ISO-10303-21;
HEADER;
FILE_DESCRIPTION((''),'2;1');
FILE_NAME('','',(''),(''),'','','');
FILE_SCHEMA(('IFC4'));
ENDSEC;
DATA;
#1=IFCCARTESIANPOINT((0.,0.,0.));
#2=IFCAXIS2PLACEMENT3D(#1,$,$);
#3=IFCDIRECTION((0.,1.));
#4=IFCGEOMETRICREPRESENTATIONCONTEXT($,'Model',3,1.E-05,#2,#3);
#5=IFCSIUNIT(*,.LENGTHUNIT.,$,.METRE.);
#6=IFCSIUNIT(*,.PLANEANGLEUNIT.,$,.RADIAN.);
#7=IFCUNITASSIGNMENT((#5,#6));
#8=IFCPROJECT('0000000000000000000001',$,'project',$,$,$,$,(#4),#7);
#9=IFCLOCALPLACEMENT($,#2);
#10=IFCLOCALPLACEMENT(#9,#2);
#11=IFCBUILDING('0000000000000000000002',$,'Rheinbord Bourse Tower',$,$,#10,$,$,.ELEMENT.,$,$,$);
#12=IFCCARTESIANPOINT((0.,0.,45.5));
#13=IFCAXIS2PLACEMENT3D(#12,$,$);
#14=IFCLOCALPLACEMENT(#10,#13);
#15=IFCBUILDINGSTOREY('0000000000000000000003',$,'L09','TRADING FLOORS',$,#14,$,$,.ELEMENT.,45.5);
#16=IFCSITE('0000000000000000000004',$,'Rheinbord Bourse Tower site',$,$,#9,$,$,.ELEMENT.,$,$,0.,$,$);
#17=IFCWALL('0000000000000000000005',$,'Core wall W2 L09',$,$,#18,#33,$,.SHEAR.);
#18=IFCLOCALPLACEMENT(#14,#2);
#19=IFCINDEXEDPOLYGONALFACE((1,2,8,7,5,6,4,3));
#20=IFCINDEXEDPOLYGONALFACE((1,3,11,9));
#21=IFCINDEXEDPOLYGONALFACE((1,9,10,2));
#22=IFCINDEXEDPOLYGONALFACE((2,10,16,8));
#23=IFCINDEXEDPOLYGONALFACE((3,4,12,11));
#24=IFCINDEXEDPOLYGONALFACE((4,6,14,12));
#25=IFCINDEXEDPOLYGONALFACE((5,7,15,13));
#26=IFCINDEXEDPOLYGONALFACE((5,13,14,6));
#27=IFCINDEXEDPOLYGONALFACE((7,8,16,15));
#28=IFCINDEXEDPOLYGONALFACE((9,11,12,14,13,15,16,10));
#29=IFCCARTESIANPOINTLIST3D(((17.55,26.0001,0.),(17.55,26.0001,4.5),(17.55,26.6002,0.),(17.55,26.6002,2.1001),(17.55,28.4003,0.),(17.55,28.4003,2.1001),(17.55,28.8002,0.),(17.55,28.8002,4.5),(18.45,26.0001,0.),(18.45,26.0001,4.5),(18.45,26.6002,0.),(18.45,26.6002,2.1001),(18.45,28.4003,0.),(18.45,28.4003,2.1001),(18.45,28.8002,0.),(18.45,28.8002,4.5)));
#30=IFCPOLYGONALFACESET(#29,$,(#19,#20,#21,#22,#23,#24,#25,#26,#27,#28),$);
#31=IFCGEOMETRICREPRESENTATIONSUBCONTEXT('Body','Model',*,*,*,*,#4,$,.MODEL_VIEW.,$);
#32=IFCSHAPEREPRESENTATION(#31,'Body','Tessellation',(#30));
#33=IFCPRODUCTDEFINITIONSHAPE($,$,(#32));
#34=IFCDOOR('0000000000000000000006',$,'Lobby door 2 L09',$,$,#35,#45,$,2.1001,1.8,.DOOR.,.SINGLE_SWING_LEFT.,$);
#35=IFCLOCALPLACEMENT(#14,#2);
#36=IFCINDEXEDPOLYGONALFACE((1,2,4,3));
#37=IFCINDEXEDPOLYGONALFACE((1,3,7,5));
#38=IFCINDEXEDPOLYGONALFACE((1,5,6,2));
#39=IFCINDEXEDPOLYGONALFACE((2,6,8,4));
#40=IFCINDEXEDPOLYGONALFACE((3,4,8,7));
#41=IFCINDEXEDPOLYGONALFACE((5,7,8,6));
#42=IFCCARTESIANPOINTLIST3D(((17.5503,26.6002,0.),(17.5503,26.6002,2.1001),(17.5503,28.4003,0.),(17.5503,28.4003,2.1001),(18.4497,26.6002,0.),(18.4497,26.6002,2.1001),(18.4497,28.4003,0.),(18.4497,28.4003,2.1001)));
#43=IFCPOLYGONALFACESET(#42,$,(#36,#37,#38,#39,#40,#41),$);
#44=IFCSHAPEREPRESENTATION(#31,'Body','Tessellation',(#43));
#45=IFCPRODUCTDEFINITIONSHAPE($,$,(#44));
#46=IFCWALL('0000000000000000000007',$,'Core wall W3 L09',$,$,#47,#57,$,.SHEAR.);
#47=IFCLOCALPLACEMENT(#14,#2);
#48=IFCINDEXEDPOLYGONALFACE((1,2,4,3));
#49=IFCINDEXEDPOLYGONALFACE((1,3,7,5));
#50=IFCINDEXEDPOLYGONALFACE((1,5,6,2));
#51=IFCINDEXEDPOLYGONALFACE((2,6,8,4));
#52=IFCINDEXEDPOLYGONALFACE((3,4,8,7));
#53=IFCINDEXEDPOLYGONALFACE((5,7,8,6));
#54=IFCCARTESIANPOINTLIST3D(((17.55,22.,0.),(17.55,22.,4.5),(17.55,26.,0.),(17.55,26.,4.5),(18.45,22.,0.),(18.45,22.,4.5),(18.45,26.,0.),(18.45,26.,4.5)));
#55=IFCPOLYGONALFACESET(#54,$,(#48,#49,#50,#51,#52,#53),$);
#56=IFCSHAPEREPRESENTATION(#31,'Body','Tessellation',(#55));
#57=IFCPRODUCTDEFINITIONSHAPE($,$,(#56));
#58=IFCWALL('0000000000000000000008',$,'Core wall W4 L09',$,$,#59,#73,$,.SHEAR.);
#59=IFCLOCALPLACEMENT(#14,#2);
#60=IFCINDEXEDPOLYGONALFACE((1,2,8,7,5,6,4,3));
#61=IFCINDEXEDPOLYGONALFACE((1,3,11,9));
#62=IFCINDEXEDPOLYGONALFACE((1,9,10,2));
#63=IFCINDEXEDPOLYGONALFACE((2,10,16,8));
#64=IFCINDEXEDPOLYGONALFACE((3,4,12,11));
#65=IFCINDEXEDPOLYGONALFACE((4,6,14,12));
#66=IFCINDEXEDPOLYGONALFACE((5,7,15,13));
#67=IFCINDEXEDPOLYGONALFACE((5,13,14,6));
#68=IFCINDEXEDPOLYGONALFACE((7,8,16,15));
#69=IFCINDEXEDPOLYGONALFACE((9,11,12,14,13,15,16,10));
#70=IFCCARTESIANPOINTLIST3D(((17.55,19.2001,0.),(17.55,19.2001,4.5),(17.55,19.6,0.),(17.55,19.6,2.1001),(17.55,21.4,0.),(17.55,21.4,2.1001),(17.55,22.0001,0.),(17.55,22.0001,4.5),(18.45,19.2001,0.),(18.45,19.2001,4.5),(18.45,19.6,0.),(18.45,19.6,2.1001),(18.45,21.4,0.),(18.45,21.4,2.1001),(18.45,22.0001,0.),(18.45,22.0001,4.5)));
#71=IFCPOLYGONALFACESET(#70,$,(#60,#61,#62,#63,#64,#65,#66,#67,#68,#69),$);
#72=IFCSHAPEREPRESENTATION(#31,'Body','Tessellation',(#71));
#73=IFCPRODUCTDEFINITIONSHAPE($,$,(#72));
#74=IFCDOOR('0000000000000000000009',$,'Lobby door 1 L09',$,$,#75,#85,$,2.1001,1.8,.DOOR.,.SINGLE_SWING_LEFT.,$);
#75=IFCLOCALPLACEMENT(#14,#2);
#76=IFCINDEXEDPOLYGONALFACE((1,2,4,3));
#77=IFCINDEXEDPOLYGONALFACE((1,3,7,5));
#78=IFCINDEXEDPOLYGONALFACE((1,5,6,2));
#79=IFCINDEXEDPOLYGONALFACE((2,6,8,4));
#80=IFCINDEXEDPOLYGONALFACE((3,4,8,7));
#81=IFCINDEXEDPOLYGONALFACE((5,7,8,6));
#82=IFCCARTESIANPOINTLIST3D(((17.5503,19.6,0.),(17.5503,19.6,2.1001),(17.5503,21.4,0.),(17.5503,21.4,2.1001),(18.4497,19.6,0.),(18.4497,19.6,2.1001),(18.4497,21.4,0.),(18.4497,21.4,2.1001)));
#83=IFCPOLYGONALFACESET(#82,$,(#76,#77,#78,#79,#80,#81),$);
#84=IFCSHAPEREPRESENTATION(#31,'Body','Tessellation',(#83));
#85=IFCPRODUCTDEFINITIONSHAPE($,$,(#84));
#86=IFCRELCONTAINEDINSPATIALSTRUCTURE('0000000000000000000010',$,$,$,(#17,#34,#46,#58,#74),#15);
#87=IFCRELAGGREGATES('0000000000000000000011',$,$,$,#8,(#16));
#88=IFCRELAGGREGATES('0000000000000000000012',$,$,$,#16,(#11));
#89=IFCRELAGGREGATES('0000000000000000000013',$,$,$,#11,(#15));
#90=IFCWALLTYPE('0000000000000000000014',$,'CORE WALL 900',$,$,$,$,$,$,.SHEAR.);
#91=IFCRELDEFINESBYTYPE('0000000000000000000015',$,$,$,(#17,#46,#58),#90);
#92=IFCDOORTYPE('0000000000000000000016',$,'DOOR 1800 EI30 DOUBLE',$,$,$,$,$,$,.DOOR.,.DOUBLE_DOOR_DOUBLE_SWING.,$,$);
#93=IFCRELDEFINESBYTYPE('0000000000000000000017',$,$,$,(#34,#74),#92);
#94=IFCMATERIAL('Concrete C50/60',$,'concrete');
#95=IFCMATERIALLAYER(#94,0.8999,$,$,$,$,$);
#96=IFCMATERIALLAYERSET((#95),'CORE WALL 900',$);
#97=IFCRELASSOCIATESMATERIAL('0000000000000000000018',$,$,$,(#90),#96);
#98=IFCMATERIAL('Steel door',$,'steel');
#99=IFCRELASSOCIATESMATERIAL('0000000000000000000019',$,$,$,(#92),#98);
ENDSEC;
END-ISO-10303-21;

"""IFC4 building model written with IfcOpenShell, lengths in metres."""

from ifc_helpers import new_model, si_unit, direction, frame, frame_2d, origin, place, context, subcontext, project, spatial, rectangle, extrude, material, layer, layer_set, type_object, element, fill, save


model = new_model("IFC4")

# Units and contexts
model_context = context("Model", 3, precision=1e-05, world=origin(), true_north=direction((0.0, 1.0)))
body_context = subcontext(model_context, "Body", "Model", "MODEL_VIEW")
ifc_project = project(units=[si_unit("LENGTHUNIT", "METRE"), si_unit("PLANEANGLEUNIT", "RADIAN")], contexts=[model_context])

# Site, building, storey
site_placement = place(None, origin())
site = spatial("IfcSite", under=ifc_project, at=site_placement, Name="Rheinbord Bourse Tower site", CompositionType="ELEMENT", RefElevation=0.0)
building_placement = place(site_placement, origin())
building = spatial("IfcBuilding", under=site, at=building_placement, Name="Rheinbord Bourse Tower", CompositionType="ELEMENT")
storey_placement = place(building_placement, frame((0.0, 0.0, 45.5)))
storey = spatial("IfcBuildingStorey", under=building, at=storey_placement, Name="L09", Description="TRADING FLOORS", CompositionType="ELEMENT", Elevation=45.5)

# Wall, opening, door
ifc_material_1 = material(Name="Concrete C50/60", Category="concrete")
ifc_layer_1 = layer(ifc_material_1, 0.8999)
ifc_layer_set_1 = layer_set([ifc_layer_1], Name="CORE WALL 900")
wall_type_1 = type_object("IfcWallType", Name="CORE WALL 900", PredefinedType="SHEAR", material=ifc_layer_set_1)
wall_1_placement = place(storey_placement, frame((18.0, 28.8, 0.0), z_axis=(0.0, 0.0, 1.0), x_axis=(0.0, -1.0, 0.0)))
wall_1 = element("IfcWall", 1, at=wall_1_placement, inside=storey, type_object=wall_type_1, Name="Core wall W2 L09", PredefinedType="SHEAR", context=body_context, shape_type="SweptSolid", body=[
    extrude(rectangle(XDim=2.8, YDim=0.8999, at=frame_2d((1.3999, 0.0))), origin(), (0.0, 0.0, 1.0), 4.5),
])
opening_1_placement = place(wall_1_placement, frame((0.3999, 0.0, 0.0)))
opening_1 = element("IfcOpeningElement", 2, at=opening_1_placement, cuts=wall_1, PredefinedType="OPENING", context=body_context, shape_type="SweptSolid", body=[
    extrude(rectangle(XDim=1.8, YDim=2.1001, at=frame_2d((0.8999, 1.05))), frame((0.0, 0.46, 0.0), z_axis=(0.0, -1.0, 0.0), x_axis=(1.0, 0.0, 0.0)), (0.0, 0.0, 1.0), 0.9199),
])
ifc_material_2 = material(Name="Steel door", Category="steel")
door_type_1 = type_object("IfcDoorType", Name="DOOR 1800 EI30 DOUBLE", OperationType="DOUBLE_DOOR_DOUBLE_SWING", PredefinedType="DOOR", material=ifc_material_2)
door_1_placement = place(opening_1_placement, origin())
door_1 = element("IfcDoor", 3, at=door_1_placement, inside=storey, type_object=door_type_1, Name="Lobby door 2 L09", OperationType="SINGLE_SWING_LEFT", OverallHeight=2.1001, OverallWidth=1.8, PredefinedType="DOOR", context=body_context, shape_type="SweptSolid", body=[
    extrude(rectangle(XDim=1.8, YDim=2.1001, at=frame_2d((0.8999, 1.05))), frame((0.0, 0.4497, 0.0), z_axis=(0.0, -1.0, 0.0), x_axis=(1.0, 0.0, 0.0)), (0.0, 0.0, 1.0), 0.8994),
])
fill(opening_1, door_1)

# Wall
wall_2_placement = place(storey_placement, frame((18.0, 26.0, 0.0), z_axis=(0.0, 0.0, 1.0), x_axis=(0.0, -1.0, 0.0)))
element("IfcWall", 4, at=wall_2_placement, inside=storey, type_object=wall_type_1, Name="Core wall W3 L09", PredefinedType="SHEAR", context=body_context, shape_type="SweptSolid", body=[
    extrude(rectangle(XDim=4.0, YDim=0.8999, at=frame_2d((2.0, 0.0))), origin(), (0.0, 0.0, 1.0), 4.5),
])

# Wall, opening, door
wall_3_placement = place(storey_placement, frame((18.0, 22.0, 0.0), z_axis=(0.0, 0.0, 1.0), x_axis=(0.0, -1.0, 0.0)))
wall_3 = element("IfcWall", 5, at=wall_3_placement, inside=storey, type_object=wall_type_1, Name="Core wall W4 L09", PredefinedType="SHEAR", context=body_context, shape_type="SweptSolid", body=[
    extrude(rectangle(XDim=2.8, YDim=0.8999, at=frame_2d((1.3999, 0.0))), origin(), (0.0, 0.0, 1.0), 4.5),
])
opening_2_placement = place(wall_3_placement, frame((0.6001, 0.0, 0.0)))
opening_2 = element("IfcOpeningElement", 6, at=opening_2_placement, cuts=wall_3, PredefinedType="OPENING", context=body_context, shape_type="SweptSolid", body=[
    extrude(rectangle(XDim=1.8, YDim=2.1001, at=frame_2d((0.8999, 1.05))), frame((0.0, 0.46, 0.0), z_axis=(0.0, -1.0, 0.0), x_axis=(1.0, 0.0, 0.0)), (0.0, 0.0, 1.0), 0.9199),
])
door_2_placement = place(opening_2_placement, origin())
door_2 = element("IfcDoor", 7, at=door_2_placement, inside=storey, type_object=door_type_1, Name="Lobby door 1 L09", OperationType="SINGLE_SWING_LEFT", OverallHeight=2.1001, OverallWidth=1.8, PredefinedType="DOOR", context=body_context, shape_type="SweptSolid", body=[
    extrude(rectangle(XDim=1.8, YDim=2.1001, at=frame_2d((0.8999, 1.05))), frame((0.0, 0.4497, 0.0), z_axis=(0.0, -1.0, 0.0), x_axis=(1.0, 0.0, 0.0)), (0.0, 0.0, 1.0), 0.8994),
])
fill(opening_2, door_2)

save(model, "model.ifc")
